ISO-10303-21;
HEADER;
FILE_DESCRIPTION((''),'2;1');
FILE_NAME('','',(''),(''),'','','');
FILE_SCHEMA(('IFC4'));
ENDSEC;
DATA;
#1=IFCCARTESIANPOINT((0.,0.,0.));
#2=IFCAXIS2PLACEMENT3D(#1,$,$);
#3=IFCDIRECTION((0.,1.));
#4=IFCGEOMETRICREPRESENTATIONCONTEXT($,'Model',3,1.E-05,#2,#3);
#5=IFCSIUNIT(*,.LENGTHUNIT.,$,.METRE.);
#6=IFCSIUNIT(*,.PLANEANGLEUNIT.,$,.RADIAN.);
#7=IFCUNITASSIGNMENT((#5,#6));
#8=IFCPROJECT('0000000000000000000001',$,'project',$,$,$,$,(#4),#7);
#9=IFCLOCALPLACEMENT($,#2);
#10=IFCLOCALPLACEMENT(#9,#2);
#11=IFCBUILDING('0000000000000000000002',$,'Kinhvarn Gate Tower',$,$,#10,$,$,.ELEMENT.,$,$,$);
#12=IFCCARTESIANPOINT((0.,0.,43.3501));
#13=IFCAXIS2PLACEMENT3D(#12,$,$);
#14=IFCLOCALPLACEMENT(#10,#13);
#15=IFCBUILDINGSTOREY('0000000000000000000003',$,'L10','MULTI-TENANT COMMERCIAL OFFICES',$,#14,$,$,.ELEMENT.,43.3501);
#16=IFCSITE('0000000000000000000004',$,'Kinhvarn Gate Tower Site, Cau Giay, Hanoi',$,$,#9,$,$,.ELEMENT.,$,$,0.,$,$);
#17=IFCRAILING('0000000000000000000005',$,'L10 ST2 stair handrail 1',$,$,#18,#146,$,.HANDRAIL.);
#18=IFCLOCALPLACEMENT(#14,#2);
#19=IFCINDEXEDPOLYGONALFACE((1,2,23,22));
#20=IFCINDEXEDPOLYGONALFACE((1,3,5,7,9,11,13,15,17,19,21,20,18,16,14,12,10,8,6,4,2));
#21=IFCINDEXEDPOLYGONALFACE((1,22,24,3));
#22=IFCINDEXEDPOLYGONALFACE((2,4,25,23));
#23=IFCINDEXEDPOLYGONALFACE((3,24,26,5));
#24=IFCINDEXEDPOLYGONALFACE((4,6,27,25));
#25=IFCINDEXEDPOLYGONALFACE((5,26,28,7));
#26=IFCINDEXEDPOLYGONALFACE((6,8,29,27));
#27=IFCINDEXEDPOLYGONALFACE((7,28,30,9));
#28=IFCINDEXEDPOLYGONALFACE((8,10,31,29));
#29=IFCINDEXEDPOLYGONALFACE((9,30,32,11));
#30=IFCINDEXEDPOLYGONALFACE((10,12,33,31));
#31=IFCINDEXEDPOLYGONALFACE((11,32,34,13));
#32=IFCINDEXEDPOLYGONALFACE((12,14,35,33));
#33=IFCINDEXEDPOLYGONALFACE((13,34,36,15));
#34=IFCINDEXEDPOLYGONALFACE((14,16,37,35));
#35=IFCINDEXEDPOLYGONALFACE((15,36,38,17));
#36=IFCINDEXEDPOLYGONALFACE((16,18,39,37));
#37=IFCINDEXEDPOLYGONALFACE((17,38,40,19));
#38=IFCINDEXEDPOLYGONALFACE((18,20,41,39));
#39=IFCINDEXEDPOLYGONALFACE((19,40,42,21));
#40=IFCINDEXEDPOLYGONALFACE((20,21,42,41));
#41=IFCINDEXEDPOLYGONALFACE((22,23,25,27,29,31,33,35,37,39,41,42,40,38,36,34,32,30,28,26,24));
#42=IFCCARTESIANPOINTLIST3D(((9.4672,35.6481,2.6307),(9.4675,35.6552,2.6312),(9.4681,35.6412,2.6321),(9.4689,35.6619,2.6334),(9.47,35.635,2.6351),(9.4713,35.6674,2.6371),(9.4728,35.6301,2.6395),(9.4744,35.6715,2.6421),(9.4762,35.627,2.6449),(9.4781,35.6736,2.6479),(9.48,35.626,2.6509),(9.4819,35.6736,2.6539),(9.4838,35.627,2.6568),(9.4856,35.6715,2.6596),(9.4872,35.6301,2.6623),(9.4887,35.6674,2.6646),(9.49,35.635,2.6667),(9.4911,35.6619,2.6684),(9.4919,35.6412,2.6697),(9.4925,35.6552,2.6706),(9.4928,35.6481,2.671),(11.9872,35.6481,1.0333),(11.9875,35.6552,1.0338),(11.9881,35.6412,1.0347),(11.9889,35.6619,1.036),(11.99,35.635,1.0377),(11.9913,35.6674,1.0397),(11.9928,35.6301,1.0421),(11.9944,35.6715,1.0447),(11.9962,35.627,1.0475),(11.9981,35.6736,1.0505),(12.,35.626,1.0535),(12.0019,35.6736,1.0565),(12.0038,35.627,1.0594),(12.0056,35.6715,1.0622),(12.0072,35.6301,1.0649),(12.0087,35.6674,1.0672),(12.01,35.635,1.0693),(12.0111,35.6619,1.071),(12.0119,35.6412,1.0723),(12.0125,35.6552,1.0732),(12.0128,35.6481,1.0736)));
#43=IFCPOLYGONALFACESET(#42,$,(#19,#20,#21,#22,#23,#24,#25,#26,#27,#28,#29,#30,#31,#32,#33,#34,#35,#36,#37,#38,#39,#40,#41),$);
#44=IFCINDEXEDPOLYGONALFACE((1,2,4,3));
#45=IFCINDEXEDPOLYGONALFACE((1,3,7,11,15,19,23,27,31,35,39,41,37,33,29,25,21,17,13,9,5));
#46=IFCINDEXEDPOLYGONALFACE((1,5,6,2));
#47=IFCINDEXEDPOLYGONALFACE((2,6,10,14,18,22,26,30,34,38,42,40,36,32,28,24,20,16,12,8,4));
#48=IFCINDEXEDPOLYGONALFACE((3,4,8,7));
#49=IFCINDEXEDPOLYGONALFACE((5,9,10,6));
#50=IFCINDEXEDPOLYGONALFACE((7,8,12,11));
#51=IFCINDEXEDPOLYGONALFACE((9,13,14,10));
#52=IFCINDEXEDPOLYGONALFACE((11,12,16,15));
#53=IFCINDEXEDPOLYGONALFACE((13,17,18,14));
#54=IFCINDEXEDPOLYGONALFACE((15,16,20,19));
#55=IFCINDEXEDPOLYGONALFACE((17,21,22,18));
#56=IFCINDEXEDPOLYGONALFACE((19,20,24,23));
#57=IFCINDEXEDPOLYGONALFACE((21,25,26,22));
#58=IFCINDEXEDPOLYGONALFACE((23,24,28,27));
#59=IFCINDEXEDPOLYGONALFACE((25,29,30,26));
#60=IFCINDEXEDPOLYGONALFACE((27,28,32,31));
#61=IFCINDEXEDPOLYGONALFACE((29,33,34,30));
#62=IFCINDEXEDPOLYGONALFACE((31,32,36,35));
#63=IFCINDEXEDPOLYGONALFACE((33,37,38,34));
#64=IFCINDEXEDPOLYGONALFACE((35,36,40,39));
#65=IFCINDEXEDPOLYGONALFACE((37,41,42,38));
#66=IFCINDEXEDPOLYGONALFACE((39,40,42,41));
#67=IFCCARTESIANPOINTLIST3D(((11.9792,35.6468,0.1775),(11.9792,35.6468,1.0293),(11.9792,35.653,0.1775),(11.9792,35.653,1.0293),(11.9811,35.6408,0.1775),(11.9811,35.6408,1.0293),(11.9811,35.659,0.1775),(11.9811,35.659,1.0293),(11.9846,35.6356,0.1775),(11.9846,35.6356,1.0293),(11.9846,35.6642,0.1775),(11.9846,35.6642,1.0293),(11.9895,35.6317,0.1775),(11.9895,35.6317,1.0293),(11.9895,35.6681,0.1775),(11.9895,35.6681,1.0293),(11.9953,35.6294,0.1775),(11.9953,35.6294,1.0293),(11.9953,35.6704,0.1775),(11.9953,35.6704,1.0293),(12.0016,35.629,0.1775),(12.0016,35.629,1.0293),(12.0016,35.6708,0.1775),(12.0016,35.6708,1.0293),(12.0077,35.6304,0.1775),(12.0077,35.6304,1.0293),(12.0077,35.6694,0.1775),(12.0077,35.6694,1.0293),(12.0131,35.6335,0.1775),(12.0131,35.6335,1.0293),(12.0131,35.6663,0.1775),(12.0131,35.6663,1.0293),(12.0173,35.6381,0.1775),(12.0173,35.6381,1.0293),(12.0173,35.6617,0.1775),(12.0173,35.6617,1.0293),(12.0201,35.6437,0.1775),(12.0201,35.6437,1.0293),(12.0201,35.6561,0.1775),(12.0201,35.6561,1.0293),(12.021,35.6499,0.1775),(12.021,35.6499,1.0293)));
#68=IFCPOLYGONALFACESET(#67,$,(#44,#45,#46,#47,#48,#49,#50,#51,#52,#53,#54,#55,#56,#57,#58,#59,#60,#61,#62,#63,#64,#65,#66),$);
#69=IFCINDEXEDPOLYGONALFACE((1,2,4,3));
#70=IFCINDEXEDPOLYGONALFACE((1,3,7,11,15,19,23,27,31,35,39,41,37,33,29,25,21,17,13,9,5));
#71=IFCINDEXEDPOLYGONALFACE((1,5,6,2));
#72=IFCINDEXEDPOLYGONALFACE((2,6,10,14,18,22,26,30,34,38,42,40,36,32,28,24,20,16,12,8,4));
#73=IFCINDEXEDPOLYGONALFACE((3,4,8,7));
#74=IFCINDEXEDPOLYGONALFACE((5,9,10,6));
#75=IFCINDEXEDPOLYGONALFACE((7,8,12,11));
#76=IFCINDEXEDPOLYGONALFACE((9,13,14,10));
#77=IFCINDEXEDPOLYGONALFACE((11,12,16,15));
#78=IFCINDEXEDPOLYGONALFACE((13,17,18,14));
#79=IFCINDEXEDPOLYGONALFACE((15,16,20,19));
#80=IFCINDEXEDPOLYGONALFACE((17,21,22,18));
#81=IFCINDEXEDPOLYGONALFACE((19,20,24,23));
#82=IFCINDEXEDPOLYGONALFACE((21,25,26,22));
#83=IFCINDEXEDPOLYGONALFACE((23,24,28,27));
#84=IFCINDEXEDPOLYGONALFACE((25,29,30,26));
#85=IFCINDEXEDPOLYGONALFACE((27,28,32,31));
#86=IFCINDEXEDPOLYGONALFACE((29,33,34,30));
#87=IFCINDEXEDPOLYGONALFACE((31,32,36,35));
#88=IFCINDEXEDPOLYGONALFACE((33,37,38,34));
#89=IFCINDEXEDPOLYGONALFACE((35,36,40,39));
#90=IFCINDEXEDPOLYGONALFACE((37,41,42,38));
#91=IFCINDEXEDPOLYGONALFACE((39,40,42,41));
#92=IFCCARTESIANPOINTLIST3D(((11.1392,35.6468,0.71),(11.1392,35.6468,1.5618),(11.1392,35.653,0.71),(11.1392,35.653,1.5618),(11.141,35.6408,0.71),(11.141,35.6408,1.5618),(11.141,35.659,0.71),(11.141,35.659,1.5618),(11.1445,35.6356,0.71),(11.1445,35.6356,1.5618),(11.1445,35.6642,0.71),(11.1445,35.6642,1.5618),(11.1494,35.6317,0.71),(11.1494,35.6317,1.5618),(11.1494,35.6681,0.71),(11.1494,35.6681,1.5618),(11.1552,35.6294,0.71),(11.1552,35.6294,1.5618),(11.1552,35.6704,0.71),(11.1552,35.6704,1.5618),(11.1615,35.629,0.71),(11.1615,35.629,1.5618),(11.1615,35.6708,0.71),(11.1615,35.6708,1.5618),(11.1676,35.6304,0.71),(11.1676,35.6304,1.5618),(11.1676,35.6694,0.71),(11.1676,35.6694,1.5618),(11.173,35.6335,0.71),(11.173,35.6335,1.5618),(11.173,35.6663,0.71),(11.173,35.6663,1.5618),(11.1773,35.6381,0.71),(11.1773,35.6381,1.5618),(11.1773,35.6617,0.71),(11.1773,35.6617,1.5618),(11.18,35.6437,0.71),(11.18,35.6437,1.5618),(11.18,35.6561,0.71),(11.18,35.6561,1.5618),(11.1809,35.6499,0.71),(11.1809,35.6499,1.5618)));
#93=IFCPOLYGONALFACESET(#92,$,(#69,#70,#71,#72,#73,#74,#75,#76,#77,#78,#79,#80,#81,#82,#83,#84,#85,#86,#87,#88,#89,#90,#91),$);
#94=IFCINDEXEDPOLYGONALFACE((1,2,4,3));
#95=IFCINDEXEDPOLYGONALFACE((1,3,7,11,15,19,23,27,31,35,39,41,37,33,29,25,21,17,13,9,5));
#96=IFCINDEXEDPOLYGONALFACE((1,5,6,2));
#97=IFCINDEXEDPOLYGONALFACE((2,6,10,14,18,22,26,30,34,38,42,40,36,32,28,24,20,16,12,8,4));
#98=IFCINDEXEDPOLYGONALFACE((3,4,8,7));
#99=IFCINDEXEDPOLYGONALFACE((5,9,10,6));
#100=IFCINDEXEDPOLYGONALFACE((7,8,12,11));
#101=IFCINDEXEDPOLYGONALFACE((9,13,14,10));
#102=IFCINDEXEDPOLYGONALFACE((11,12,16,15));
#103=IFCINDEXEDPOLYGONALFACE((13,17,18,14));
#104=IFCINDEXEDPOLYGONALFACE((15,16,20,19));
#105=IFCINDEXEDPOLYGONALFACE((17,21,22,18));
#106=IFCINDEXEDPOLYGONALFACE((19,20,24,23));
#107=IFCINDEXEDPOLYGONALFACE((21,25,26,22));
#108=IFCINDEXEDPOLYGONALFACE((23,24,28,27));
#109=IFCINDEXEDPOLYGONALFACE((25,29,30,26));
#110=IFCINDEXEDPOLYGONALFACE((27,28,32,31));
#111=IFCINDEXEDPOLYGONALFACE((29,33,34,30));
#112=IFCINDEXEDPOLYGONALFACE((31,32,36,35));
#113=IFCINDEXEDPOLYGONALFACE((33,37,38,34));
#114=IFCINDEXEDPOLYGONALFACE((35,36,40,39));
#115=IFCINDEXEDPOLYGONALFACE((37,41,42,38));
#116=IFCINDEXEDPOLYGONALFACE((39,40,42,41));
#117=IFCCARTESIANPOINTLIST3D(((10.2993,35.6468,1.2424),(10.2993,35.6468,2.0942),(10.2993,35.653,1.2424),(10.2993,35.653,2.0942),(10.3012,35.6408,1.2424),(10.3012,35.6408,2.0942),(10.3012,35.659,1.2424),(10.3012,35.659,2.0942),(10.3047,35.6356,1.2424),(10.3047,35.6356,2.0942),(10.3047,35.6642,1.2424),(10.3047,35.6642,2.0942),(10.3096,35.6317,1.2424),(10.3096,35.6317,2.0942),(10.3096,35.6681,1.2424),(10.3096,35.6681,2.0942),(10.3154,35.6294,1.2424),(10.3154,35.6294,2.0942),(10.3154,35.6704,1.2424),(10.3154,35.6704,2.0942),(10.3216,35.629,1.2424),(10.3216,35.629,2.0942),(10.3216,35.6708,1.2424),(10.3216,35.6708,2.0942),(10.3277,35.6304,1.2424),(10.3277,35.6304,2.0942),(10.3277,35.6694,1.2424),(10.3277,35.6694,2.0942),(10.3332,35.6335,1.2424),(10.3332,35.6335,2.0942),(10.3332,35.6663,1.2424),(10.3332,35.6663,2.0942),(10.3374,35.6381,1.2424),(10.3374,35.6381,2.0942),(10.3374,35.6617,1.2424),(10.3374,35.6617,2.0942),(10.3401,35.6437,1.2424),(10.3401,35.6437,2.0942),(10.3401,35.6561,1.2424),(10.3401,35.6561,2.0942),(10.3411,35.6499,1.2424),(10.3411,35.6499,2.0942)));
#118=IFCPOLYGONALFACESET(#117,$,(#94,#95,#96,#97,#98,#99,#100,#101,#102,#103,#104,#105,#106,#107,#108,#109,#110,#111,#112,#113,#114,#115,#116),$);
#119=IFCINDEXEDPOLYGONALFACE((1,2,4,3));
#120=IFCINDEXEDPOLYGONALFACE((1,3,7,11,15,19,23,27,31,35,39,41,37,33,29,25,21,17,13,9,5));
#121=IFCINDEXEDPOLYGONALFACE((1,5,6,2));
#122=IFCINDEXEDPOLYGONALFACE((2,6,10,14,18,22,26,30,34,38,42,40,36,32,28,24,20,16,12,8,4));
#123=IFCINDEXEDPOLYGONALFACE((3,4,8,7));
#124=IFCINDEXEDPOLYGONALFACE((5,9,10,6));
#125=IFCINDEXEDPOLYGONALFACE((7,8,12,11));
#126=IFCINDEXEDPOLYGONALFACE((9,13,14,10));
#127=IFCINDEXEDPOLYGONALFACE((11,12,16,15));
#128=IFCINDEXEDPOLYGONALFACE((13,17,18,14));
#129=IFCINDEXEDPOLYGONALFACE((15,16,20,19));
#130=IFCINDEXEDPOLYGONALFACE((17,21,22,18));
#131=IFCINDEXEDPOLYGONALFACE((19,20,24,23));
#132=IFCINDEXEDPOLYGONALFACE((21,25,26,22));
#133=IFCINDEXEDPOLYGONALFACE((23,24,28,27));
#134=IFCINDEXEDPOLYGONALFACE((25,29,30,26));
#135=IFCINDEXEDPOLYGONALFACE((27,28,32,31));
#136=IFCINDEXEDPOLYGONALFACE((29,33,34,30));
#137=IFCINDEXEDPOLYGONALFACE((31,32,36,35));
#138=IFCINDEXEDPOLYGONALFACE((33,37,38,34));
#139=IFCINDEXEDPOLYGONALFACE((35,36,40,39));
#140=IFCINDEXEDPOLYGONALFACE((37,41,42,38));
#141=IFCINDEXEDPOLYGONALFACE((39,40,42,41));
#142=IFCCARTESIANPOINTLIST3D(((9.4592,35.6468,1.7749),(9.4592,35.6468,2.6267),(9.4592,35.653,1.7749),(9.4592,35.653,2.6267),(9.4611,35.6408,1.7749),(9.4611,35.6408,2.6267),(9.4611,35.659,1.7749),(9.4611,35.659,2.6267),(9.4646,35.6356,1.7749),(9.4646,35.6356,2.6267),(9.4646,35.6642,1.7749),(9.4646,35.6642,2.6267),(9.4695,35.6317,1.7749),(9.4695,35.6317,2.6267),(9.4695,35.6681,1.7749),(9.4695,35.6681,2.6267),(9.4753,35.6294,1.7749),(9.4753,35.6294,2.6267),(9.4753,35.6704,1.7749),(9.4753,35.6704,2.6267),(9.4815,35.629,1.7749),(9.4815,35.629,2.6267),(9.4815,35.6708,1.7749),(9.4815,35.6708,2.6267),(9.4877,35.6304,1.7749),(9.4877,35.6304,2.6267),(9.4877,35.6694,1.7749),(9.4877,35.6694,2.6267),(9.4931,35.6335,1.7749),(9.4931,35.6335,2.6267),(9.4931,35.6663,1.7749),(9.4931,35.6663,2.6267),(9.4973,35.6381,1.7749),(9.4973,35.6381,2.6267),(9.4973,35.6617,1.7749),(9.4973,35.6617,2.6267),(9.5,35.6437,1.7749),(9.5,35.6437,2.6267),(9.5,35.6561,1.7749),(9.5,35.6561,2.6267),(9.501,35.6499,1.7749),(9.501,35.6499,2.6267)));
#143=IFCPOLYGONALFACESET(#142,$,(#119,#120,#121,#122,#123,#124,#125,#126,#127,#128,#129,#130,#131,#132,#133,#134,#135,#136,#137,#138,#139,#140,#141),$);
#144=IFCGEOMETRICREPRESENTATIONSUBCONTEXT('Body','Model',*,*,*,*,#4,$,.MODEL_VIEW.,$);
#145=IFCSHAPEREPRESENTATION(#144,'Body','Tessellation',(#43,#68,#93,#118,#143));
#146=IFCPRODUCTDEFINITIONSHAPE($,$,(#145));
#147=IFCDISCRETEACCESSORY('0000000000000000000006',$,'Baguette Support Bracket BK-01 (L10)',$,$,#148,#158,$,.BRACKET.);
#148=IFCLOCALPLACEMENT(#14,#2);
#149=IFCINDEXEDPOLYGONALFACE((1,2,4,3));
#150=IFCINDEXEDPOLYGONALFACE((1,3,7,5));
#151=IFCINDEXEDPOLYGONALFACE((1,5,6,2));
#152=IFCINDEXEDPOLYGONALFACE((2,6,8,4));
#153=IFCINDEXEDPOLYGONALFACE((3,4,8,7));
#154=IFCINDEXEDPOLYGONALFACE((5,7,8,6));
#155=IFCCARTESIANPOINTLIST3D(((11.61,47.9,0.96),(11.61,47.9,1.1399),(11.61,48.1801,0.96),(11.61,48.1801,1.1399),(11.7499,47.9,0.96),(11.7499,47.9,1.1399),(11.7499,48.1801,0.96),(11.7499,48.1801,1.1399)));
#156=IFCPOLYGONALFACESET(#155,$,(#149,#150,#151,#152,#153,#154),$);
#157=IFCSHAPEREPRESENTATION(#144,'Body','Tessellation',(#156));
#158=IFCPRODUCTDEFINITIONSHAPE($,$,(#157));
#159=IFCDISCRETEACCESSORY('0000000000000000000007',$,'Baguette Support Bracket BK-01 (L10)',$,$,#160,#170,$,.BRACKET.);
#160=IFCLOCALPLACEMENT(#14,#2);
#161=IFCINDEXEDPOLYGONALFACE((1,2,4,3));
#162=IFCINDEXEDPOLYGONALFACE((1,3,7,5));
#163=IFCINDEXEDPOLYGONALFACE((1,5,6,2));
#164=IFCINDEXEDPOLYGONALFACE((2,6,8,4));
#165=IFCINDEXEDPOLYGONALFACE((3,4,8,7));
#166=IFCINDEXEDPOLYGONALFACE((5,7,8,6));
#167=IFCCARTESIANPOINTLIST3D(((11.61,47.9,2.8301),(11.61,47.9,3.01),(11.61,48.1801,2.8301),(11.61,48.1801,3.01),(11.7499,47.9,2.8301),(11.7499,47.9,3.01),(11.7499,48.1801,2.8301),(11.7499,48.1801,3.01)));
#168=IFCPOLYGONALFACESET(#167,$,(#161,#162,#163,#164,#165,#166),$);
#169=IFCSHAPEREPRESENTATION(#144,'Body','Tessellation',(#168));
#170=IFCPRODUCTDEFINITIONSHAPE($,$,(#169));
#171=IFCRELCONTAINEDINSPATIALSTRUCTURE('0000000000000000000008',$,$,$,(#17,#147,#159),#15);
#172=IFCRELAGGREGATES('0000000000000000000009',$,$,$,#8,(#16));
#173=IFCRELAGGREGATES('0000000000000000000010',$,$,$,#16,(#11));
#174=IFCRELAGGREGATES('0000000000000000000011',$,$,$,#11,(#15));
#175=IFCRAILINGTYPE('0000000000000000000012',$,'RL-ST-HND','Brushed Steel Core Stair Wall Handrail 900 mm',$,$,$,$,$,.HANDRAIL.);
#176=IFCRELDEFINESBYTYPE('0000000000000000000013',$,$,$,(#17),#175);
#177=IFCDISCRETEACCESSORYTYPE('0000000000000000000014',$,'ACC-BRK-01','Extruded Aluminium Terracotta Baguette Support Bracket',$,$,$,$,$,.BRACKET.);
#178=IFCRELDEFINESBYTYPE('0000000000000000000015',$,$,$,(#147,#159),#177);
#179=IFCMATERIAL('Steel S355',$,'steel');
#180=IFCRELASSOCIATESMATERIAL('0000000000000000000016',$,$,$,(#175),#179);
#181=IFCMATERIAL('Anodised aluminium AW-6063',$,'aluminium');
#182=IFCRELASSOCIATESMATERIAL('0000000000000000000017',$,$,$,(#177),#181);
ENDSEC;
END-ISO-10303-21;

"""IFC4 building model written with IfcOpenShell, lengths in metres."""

from ifc_helpers import new_model, si_unit, direction, frame, origin, origin_2d, place, context, subcontext, project, spatial, rectangle, circle, extrude, material, type_object, element, save


model = new_model("IFC4")

# Units and contexts
model_context = context("Model", 3, precision=1e-05, world=origin(), true_north=direction((0.0, 1.0)))
body_context = subcontext(model_context, "Body", "Model", "MODEL_VIEW")
ifc_project = project(units=[si_unit("LENGTHUNIT", "METRE"), si_unit("PLANEANGLEUNIT", "RADIAN")], contexts=[model_context])

# Site, building, storey
site_placement = place(None, origin())
site = spatial("IfcSite", under=ifc_project, at=site_placement, Name="Kinhvarn Gate Tower Site, Cau Giay, Hanoi", CompositionType="ELEMENT", RefElevation=0.0)
building_placement = place(site_placement, origin())
building = spatial("IfcBuilding", under=site, at=building_placement, Name="Kinhvarn Gate Tower", CompositionType="ELEMENT")
storey_placement = place(building_placement, frame((0.0, 0.0, 43.3501)))
storey = spatial("IfcBuildingStorey", under=building, at=storey_placement, Name="L10", Description="MULTI-TENANT COMMERCIAL OFFICES", CompositionType="ELEMENT", Elevation=43.3501)

# Shared definitions
ifc_material_1 = material(Name="Anodised aluminium AW-6063", Category="aluminium")

# Shared definitions
ifc_material_2 = material(Name="Steel S355", Category="steel")

# Railing
railing_type_1 = type_object("IfcRailingType", Name="RL-ST-HND", Description="Brushed Steel Core Stair Wall Handrail 900 mm", PredefinedType="HANDRAIL", material=ifc_material_2)
railing_1_placement = place(storey_placement, frame((12.0, 35.6499, 0.1775)))
element("IfcRailing", 1, at=railing_1_placement, inside=storey, type_object=railing_type_1, Name="L10 ST2 stair handrail 1", PredefinedType="HANDRAIL", context=body_context, shape_type="SweptSolid", body=[
    extrude(circle(Radius=0.0239, at=origin_2d()), frame((0.0, 0.0, 0.876), z_axis=(-0.844607, 0.0, 0.535387), x_axis=(0.0, -1.0, 0.0)), (0.0, 0.0, 1.0), 2.9836),
    extrude(circle(Radius=0.021, at=origin_2d()), origin(), (0.0, 0.0, 1.0), 0.8518),
    extrude(circle(Radius=0.021, at=origin_2d()), frame((-0.8401, 0.0, 0.5325)), (0.0, 0.0, 1.0), 0.8518),
    extrude(circle(Radius=0.021, at=origin_2d()), frame((-1.6799, 0.0, 1.0649)), (0.0, 0.0, 1.0), 0.8518),
    extrude(circle(Radius=0.021, at=origin_2d()), frame((-2.52, 0.0, 1.5974)), (0.0, 0.0, 1.0), 0.8518),
])

# Discrete accessories
discrete_accessory_type = type_object("IfcDiscreteAccessoryType", Name="ACC-BRK-01", Description="Extruded Aluminium Terracotta Baguette Support Bracket", PredefinedType="BRACKET", material=ifc_material_1)
for number, where, z_axis, x_axis, name in (
    (2, (11.6799, 48.04, 0.96), (0.0, 0.0, 1.0), (-1.0, 0.0, 0.0), "Baguette Support Bracket BK-01 (L10)"),
    (3, (11.6799, 48.04, 2.8301), (0.0, 0.0, 1.0), (-1.0, 0.0, 0.0), "Baguette Support Bracket BK-01 (L10)"),
):
    element("IfcDiscreteAccessory", number, at=place(storey_placement, frame(where, z_axis=z_axis, x_axis=x_axis)), inside=storey, type_object=discrete_accessory_type, Name=name, PredefinedType="BRACKET", context=body_context, shape_type="SweptSolid", body=[
        extrude(rectangle(XDim=0.1399, YDim=0.28, at=origin_2d()), origin(), (0.0, 0.0, 1.0), 0.1799),
    ])

save(model, "model.ifc")
